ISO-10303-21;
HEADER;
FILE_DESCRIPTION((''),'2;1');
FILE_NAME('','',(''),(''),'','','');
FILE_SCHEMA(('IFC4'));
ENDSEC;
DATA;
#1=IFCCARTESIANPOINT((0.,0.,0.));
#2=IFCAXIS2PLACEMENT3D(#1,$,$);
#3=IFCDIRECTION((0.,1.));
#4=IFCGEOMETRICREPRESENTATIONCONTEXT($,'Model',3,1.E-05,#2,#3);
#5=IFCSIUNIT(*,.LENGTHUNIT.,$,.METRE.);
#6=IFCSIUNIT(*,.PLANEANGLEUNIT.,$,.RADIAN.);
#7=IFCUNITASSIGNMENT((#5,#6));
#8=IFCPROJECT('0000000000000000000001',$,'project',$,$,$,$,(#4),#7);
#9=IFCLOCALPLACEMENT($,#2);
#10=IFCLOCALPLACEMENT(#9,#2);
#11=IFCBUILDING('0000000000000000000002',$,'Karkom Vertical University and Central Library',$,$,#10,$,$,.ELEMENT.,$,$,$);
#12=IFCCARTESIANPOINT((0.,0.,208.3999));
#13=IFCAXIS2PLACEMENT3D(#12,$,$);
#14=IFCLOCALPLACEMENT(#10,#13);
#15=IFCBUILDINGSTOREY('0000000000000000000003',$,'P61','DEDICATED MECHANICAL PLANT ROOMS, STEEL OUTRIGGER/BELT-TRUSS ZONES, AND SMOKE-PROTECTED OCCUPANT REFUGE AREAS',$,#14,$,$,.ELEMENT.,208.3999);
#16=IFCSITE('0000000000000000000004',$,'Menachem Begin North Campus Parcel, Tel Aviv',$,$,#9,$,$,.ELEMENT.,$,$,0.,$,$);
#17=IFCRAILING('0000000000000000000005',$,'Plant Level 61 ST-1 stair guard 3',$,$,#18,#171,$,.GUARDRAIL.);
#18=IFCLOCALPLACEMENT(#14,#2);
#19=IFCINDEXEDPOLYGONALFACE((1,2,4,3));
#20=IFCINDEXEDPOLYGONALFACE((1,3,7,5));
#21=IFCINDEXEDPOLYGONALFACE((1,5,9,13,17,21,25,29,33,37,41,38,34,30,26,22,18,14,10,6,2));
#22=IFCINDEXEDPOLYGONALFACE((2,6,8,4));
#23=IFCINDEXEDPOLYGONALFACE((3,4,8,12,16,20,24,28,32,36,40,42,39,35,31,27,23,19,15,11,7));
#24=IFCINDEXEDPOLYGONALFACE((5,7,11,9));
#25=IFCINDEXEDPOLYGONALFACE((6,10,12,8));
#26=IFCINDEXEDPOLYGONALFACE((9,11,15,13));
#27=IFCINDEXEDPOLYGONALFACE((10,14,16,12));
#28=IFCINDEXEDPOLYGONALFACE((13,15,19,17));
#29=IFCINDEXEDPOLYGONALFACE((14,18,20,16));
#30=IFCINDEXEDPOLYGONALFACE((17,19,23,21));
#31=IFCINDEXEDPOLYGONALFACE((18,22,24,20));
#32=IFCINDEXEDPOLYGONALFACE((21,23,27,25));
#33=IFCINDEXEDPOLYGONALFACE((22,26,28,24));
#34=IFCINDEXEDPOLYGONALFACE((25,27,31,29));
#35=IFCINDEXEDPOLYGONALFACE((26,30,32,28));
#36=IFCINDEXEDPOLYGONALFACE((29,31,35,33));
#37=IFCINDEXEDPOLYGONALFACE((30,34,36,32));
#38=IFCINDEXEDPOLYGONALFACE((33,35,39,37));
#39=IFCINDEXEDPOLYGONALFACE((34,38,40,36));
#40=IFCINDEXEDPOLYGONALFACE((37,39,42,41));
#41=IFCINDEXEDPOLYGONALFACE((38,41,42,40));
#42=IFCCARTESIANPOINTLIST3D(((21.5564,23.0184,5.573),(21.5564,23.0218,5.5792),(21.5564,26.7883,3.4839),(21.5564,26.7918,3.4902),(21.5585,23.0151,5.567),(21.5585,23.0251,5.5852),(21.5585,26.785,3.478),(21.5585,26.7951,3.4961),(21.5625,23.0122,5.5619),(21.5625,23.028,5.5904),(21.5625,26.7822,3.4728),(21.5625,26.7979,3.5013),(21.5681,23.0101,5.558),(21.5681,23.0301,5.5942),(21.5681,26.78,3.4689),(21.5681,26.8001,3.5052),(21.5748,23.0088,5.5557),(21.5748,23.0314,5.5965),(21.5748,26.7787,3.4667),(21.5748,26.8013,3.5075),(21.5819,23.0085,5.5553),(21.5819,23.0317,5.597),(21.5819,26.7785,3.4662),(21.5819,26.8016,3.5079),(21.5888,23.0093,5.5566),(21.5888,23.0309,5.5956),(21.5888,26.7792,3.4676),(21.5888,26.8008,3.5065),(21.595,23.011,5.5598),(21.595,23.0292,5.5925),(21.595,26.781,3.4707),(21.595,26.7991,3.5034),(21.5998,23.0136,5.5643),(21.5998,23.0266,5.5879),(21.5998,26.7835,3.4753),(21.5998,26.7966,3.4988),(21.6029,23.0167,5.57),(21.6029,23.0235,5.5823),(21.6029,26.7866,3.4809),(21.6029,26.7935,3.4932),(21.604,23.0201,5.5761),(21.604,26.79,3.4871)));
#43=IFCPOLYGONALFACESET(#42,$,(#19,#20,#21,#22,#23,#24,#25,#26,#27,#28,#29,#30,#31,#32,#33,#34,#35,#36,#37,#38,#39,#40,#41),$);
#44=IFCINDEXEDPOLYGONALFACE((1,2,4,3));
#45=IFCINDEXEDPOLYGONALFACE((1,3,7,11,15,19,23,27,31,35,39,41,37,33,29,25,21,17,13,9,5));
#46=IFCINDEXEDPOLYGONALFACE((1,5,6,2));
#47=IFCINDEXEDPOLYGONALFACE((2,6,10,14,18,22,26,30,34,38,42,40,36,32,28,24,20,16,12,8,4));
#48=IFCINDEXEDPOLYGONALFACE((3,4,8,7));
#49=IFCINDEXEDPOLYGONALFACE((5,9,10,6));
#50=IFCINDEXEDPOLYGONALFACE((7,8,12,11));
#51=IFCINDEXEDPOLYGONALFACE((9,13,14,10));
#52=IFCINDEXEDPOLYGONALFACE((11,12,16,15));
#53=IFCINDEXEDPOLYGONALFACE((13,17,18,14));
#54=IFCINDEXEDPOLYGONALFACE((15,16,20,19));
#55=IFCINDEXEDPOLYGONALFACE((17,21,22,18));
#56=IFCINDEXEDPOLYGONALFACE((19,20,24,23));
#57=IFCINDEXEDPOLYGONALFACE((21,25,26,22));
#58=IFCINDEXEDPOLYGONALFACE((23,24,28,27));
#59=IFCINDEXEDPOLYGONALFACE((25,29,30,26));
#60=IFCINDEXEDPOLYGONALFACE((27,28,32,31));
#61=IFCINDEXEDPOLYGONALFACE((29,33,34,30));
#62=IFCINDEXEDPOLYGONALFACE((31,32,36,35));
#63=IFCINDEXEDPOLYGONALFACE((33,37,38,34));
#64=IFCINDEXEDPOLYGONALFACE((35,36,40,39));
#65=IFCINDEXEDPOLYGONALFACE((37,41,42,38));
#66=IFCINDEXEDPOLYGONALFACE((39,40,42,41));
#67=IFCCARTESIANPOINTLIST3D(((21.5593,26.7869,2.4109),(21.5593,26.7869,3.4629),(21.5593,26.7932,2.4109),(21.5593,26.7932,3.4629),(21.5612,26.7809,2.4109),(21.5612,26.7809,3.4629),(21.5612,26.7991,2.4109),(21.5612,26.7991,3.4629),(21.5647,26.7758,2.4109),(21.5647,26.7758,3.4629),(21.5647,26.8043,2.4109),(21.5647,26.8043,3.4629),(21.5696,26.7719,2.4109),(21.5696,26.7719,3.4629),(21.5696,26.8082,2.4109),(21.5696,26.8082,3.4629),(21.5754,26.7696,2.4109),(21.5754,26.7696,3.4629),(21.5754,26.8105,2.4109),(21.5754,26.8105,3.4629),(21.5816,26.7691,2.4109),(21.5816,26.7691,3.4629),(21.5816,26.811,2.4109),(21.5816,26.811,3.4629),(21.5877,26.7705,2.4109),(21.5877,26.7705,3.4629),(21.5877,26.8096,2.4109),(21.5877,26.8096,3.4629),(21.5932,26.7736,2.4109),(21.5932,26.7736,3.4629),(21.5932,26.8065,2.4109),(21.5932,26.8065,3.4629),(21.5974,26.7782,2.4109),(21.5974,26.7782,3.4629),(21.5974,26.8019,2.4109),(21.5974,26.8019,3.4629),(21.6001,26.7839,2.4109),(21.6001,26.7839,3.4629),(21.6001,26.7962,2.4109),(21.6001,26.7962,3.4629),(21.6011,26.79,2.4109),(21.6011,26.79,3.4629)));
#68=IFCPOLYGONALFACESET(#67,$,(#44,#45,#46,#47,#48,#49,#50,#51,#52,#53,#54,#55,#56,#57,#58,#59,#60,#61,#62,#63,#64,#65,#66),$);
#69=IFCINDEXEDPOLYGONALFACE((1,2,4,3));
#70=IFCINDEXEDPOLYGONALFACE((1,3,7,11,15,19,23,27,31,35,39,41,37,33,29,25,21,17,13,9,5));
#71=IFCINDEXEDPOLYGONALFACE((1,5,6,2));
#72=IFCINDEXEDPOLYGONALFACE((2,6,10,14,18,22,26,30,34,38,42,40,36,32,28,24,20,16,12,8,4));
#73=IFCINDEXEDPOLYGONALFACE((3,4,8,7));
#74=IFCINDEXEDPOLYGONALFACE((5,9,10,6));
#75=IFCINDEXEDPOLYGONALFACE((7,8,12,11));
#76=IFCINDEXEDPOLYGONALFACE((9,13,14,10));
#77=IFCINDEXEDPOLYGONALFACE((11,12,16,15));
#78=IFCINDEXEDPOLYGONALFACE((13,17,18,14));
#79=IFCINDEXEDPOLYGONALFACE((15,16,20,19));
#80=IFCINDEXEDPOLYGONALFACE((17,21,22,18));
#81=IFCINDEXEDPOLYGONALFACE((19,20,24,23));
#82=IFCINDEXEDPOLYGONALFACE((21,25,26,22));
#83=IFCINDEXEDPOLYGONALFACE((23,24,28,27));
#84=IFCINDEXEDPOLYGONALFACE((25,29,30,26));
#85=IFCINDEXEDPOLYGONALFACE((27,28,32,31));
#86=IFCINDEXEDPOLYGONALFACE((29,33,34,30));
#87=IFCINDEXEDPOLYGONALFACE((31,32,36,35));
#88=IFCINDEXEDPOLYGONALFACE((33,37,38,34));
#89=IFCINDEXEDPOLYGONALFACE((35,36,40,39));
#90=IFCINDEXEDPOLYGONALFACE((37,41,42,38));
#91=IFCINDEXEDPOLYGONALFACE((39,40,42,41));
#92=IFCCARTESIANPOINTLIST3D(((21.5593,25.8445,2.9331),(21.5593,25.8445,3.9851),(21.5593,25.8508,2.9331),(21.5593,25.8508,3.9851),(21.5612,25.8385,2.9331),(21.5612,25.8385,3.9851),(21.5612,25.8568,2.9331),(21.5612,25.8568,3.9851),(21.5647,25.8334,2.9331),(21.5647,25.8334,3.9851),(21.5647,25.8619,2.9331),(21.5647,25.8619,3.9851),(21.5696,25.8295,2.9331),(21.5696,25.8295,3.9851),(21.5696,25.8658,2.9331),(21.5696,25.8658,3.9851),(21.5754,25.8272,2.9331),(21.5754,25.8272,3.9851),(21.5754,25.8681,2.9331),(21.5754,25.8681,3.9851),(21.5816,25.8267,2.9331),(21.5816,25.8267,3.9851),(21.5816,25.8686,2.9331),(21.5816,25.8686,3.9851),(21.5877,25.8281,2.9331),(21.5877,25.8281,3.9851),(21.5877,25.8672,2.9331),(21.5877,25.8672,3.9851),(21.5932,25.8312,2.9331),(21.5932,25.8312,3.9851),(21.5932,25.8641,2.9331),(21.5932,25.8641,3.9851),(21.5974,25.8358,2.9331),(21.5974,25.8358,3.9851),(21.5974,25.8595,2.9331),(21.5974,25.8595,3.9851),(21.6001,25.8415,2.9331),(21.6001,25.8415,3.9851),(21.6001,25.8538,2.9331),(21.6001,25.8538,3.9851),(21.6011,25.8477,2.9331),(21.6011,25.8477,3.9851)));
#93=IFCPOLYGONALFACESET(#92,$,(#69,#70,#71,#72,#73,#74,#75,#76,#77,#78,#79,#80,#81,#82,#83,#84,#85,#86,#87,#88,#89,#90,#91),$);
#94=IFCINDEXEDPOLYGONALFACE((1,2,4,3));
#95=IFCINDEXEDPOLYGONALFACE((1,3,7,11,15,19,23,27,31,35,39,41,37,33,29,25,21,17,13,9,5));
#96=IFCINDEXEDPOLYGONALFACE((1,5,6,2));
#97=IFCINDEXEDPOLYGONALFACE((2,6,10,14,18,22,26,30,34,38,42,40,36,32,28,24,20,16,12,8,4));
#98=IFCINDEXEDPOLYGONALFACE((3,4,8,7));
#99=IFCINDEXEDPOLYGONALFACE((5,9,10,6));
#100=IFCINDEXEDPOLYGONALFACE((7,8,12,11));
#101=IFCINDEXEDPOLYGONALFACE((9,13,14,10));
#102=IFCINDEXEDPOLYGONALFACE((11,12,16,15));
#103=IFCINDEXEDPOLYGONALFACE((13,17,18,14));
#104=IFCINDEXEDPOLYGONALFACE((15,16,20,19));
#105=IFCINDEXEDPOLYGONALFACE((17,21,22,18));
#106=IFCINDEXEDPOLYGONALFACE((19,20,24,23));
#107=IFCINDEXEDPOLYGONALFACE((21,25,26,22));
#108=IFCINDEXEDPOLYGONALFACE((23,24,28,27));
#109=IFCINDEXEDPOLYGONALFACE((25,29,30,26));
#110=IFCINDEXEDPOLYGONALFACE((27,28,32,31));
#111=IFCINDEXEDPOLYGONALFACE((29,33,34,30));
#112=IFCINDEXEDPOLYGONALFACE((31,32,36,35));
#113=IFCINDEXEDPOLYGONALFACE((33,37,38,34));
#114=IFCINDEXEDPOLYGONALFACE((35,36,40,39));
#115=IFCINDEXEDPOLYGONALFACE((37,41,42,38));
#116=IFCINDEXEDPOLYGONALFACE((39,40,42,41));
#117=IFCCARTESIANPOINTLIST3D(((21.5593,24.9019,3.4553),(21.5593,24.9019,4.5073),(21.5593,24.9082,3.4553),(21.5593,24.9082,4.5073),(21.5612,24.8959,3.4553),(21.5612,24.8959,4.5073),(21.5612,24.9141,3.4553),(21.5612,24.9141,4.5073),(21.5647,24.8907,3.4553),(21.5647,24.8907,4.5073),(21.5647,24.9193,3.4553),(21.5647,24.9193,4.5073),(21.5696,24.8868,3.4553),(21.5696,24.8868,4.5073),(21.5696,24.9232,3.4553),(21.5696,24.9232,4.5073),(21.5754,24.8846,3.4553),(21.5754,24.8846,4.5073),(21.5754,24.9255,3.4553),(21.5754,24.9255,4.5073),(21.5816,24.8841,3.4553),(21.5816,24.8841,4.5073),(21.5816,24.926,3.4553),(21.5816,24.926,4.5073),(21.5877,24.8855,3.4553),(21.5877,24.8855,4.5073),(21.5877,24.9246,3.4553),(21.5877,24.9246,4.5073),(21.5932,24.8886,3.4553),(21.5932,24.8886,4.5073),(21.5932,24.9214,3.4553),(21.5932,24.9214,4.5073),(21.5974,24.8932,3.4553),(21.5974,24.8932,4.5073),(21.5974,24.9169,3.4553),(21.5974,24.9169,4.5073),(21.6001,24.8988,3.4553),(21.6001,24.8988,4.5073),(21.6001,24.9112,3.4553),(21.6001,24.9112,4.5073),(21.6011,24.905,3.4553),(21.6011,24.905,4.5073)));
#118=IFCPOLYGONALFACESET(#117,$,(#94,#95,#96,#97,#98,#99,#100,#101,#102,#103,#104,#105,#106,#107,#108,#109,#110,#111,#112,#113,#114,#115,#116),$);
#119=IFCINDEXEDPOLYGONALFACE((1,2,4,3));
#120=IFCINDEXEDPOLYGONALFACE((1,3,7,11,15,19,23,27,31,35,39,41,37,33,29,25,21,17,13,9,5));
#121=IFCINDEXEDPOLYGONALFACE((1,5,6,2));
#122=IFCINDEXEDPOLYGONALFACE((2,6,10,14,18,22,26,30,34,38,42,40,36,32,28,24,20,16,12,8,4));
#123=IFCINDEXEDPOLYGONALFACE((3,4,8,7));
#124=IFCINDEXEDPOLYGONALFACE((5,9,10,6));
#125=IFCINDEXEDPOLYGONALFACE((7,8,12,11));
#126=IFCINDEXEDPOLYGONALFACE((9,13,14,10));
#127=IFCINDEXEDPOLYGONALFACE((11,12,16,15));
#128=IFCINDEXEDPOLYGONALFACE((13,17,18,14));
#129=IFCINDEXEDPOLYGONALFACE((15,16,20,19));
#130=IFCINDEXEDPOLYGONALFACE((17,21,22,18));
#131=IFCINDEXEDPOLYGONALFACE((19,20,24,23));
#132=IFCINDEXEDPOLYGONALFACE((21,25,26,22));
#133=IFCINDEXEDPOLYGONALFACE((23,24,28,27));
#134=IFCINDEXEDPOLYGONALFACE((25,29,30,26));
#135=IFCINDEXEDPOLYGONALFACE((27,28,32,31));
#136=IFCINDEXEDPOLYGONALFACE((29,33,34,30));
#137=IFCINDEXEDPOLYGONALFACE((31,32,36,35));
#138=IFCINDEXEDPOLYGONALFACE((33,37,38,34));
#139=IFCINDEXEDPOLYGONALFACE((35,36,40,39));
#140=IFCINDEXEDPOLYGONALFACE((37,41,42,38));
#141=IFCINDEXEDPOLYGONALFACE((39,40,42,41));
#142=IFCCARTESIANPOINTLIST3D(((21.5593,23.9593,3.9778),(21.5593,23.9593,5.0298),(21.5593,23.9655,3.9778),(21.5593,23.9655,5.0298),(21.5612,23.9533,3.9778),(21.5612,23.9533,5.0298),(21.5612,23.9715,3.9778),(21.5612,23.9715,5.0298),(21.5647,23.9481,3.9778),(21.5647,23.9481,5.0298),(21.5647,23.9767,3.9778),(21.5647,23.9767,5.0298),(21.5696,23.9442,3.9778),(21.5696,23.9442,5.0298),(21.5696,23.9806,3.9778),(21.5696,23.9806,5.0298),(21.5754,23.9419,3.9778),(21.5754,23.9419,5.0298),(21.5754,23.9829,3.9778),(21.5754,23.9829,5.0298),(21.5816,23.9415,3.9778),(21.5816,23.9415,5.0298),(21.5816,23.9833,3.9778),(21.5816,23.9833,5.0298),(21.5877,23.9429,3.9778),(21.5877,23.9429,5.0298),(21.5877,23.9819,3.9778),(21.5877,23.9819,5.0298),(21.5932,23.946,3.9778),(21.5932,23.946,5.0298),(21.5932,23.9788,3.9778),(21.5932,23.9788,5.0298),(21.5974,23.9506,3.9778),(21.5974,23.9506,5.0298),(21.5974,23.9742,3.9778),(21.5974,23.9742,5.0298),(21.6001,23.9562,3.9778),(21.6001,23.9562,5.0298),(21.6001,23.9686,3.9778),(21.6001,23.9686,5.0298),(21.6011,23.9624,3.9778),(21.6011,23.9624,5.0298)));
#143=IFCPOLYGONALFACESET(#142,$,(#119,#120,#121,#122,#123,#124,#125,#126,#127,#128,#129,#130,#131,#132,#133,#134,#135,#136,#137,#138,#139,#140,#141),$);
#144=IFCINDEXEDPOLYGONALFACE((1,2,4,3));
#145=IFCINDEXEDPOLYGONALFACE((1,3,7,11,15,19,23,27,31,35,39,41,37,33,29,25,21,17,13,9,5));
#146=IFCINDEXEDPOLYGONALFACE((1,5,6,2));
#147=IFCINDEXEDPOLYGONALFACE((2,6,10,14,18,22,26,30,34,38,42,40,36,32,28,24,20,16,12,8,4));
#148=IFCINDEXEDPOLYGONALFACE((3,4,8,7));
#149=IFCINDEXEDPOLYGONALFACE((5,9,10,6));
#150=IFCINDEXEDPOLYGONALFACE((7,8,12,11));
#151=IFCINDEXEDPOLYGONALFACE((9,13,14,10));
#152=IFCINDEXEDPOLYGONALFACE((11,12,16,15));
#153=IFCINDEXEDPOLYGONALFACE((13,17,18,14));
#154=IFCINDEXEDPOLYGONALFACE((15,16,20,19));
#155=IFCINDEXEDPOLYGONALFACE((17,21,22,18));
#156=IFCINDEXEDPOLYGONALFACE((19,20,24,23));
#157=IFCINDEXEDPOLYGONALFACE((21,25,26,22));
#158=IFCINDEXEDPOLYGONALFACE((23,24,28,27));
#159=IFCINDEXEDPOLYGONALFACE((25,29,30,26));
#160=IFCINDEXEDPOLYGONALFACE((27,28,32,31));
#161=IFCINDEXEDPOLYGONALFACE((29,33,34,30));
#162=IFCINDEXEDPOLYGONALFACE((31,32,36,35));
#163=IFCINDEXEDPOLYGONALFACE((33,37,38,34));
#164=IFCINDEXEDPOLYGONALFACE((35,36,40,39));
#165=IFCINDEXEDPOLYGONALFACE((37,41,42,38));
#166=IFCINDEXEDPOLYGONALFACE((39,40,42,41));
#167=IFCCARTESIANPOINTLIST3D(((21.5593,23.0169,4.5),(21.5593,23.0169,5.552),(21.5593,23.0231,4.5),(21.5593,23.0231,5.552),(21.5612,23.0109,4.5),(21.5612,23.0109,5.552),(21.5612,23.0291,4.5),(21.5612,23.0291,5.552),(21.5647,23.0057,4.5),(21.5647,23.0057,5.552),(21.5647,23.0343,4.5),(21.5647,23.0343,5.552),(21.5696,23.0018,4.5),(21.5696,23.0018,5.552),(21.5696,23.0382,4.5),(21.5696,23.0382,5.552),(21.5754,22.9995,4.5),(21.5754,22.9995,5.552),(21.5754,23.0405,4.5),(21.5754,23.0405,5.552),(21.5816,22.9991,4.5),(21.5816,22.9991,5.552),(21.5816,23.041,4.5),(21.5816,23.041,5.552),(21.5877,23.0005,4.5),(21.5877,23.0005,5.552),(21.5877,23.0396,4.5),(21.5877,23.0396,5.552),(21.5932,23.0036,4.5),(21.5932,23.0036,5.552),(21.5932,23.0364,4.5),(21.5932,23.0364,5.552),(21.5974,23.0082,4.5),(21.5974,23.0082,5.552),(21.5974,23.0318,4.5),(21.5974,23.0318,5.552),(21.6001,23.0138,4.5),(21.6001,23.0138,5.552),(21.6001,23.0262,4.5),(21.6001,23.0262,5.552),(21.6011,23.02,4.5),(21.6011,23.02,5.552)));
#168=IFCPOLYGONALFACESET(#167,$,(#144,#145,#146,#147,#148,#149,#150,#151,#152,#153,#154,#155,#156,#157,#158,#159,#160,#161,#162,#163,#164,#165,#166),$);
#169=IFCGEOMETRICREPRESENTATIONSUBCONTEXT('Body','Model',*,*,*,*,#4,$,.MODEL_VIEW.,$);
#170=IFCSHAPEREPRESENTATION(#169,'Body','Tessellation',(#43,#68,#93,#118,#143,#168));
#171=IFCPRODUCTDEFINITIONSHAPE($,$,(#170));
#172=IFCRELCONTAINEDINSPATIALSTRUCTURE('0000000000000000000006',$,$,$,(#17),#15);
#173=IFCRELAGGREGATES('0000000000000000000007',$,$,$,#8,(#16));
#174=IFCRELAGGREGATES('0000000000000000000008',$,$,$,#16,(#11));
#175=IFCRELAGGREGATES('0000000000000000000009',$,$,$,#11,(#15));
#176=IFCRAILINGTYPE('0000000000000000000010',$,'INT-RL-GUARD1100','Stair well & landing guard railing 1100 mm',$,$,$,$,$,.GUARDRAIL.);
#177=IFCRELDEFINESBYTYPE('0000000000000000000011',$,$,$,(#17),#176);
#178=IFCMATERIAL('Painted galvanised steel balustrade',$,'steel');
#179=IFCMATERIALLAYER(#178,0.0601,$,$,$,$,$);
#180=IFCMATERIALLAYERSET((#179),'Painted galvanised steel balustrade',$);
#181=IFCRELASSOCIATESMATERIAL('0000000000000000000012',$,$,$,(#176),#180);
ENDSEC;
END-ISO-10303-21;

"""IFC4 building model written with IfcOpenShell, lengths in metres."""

from ifc_helpers import new_model, si_unit, direction, frame, origin, origin_2d, place, context, subcontext, project, spatial, circle, extrude, material, layer, layer_set, type_object, element, save


model = new_model("IFC4")

# Units and contexts
model_context = context("Model", 3, precision=1e-05, world=origin(), true_north=direction((0.0, 1.0)))
body_context = subcontext(model_context, "Body", "Model", "MODEL_VIEW")
ifc_project = project(units=[si_unit("LENGTHUNIT", "METRE"), si_unit("PLANEANGLEUNIT", "RADIAN")], contexts=[model_context])

# Site, building, storey
site_placement = place(None, origin())
site = spatial("IfcSite", under=ifc_project, at=site_placement, Name="Menachem Begin North Campus Parcel, Tel Aviv", CompositionType="ELEMENT", RefElevation=0.0)
building_placement = place(site_placement, origin())
building = spatial("IfcBuilding", under=site, at=building_placement, Name="Karkom Vertical University and Central Library", CompositionType="ELEMENT")
storey_placement = place(building_placement, frame((0.0, 0.0, 208.3999)))
storey = spatial("IfcBuildingStorey", under=building, at=storey_placement, Name="P61", Description="DEDICATED MECHANICAL PLANT ROOMS, STEEL OUTRIGGER/BELT-TRUSS ZONES, AND SMOKE-PROTECTED OCCUPANT REFUGE AREAS", CompositionType="ELEMENT", Elevation=208.3999)

# Railing
ifc_material_1 = material(Name="Painted galvanised steel balustrade", Category="steel")
ifc_layer_1 = layer(ifc_material_1, 0.0601)
ifc_layer_set_1 = layer_set([ifc_layer_1], Name="Painted galvanised steel balustrade")
railing_type_1 = type_object("IfcRailingType", Name="INT-RL-GUARD1100", Description="Stair well & landing guard railing 1100 mm", PredefinedType="GUARDRAIL", material=ifc_layer_set_1)
railing_1_placement = place(storey_placement, frame((21.5801, 26.79, 2.4109)))
element("IfcRailing", 1, at=railing_1_placement, inside=storey, type_object=railing_type_1, Name="Plant Level 61 ST-1 stair guard 3", PredefinedType="GUARDRAIL", context=body_context, shape_type="SweptSolid", body=[
    extrude(circle(Radius=0.0239, at=origin_2d()), frame((0.0, 0.0, 1.0762), z_axis=(0.0, -0.874683, 0.484695), x_axis=(1.0, 0.0, 0.0)), (0.0, 0.0, 1.0), 4.3101),
    extrude(circle(Radius=0.021, at=origin_2d()), origin(), (0.0, 0.0, 1.0), 1.052),
    extrude(circle(Radius=0.021, at=origin_2d()), frame((0.0, -0.9424, 0.5222)), (0.0, 0.0, 1.0), 1.052),
    extrude(circle(Radius=0.021, at=origin_2d()), frame((0.0, -1.885, 1.0444)), (0.0, 0.0, 1.0), 1.052),
    extrude(circle(Radius=0.021, at=origin_2d()), frame((0.0, -2.8276, 1.5669)), (0.0, 0.0, 1.0), 1.052),
    extrude(circle(Radius=0.021, at=origin_2d()), frame((0.0, -3.77, 2.0891)), (0.0, 0.0, 1.0), 1.052),
])

save(model, "model.ifc")
